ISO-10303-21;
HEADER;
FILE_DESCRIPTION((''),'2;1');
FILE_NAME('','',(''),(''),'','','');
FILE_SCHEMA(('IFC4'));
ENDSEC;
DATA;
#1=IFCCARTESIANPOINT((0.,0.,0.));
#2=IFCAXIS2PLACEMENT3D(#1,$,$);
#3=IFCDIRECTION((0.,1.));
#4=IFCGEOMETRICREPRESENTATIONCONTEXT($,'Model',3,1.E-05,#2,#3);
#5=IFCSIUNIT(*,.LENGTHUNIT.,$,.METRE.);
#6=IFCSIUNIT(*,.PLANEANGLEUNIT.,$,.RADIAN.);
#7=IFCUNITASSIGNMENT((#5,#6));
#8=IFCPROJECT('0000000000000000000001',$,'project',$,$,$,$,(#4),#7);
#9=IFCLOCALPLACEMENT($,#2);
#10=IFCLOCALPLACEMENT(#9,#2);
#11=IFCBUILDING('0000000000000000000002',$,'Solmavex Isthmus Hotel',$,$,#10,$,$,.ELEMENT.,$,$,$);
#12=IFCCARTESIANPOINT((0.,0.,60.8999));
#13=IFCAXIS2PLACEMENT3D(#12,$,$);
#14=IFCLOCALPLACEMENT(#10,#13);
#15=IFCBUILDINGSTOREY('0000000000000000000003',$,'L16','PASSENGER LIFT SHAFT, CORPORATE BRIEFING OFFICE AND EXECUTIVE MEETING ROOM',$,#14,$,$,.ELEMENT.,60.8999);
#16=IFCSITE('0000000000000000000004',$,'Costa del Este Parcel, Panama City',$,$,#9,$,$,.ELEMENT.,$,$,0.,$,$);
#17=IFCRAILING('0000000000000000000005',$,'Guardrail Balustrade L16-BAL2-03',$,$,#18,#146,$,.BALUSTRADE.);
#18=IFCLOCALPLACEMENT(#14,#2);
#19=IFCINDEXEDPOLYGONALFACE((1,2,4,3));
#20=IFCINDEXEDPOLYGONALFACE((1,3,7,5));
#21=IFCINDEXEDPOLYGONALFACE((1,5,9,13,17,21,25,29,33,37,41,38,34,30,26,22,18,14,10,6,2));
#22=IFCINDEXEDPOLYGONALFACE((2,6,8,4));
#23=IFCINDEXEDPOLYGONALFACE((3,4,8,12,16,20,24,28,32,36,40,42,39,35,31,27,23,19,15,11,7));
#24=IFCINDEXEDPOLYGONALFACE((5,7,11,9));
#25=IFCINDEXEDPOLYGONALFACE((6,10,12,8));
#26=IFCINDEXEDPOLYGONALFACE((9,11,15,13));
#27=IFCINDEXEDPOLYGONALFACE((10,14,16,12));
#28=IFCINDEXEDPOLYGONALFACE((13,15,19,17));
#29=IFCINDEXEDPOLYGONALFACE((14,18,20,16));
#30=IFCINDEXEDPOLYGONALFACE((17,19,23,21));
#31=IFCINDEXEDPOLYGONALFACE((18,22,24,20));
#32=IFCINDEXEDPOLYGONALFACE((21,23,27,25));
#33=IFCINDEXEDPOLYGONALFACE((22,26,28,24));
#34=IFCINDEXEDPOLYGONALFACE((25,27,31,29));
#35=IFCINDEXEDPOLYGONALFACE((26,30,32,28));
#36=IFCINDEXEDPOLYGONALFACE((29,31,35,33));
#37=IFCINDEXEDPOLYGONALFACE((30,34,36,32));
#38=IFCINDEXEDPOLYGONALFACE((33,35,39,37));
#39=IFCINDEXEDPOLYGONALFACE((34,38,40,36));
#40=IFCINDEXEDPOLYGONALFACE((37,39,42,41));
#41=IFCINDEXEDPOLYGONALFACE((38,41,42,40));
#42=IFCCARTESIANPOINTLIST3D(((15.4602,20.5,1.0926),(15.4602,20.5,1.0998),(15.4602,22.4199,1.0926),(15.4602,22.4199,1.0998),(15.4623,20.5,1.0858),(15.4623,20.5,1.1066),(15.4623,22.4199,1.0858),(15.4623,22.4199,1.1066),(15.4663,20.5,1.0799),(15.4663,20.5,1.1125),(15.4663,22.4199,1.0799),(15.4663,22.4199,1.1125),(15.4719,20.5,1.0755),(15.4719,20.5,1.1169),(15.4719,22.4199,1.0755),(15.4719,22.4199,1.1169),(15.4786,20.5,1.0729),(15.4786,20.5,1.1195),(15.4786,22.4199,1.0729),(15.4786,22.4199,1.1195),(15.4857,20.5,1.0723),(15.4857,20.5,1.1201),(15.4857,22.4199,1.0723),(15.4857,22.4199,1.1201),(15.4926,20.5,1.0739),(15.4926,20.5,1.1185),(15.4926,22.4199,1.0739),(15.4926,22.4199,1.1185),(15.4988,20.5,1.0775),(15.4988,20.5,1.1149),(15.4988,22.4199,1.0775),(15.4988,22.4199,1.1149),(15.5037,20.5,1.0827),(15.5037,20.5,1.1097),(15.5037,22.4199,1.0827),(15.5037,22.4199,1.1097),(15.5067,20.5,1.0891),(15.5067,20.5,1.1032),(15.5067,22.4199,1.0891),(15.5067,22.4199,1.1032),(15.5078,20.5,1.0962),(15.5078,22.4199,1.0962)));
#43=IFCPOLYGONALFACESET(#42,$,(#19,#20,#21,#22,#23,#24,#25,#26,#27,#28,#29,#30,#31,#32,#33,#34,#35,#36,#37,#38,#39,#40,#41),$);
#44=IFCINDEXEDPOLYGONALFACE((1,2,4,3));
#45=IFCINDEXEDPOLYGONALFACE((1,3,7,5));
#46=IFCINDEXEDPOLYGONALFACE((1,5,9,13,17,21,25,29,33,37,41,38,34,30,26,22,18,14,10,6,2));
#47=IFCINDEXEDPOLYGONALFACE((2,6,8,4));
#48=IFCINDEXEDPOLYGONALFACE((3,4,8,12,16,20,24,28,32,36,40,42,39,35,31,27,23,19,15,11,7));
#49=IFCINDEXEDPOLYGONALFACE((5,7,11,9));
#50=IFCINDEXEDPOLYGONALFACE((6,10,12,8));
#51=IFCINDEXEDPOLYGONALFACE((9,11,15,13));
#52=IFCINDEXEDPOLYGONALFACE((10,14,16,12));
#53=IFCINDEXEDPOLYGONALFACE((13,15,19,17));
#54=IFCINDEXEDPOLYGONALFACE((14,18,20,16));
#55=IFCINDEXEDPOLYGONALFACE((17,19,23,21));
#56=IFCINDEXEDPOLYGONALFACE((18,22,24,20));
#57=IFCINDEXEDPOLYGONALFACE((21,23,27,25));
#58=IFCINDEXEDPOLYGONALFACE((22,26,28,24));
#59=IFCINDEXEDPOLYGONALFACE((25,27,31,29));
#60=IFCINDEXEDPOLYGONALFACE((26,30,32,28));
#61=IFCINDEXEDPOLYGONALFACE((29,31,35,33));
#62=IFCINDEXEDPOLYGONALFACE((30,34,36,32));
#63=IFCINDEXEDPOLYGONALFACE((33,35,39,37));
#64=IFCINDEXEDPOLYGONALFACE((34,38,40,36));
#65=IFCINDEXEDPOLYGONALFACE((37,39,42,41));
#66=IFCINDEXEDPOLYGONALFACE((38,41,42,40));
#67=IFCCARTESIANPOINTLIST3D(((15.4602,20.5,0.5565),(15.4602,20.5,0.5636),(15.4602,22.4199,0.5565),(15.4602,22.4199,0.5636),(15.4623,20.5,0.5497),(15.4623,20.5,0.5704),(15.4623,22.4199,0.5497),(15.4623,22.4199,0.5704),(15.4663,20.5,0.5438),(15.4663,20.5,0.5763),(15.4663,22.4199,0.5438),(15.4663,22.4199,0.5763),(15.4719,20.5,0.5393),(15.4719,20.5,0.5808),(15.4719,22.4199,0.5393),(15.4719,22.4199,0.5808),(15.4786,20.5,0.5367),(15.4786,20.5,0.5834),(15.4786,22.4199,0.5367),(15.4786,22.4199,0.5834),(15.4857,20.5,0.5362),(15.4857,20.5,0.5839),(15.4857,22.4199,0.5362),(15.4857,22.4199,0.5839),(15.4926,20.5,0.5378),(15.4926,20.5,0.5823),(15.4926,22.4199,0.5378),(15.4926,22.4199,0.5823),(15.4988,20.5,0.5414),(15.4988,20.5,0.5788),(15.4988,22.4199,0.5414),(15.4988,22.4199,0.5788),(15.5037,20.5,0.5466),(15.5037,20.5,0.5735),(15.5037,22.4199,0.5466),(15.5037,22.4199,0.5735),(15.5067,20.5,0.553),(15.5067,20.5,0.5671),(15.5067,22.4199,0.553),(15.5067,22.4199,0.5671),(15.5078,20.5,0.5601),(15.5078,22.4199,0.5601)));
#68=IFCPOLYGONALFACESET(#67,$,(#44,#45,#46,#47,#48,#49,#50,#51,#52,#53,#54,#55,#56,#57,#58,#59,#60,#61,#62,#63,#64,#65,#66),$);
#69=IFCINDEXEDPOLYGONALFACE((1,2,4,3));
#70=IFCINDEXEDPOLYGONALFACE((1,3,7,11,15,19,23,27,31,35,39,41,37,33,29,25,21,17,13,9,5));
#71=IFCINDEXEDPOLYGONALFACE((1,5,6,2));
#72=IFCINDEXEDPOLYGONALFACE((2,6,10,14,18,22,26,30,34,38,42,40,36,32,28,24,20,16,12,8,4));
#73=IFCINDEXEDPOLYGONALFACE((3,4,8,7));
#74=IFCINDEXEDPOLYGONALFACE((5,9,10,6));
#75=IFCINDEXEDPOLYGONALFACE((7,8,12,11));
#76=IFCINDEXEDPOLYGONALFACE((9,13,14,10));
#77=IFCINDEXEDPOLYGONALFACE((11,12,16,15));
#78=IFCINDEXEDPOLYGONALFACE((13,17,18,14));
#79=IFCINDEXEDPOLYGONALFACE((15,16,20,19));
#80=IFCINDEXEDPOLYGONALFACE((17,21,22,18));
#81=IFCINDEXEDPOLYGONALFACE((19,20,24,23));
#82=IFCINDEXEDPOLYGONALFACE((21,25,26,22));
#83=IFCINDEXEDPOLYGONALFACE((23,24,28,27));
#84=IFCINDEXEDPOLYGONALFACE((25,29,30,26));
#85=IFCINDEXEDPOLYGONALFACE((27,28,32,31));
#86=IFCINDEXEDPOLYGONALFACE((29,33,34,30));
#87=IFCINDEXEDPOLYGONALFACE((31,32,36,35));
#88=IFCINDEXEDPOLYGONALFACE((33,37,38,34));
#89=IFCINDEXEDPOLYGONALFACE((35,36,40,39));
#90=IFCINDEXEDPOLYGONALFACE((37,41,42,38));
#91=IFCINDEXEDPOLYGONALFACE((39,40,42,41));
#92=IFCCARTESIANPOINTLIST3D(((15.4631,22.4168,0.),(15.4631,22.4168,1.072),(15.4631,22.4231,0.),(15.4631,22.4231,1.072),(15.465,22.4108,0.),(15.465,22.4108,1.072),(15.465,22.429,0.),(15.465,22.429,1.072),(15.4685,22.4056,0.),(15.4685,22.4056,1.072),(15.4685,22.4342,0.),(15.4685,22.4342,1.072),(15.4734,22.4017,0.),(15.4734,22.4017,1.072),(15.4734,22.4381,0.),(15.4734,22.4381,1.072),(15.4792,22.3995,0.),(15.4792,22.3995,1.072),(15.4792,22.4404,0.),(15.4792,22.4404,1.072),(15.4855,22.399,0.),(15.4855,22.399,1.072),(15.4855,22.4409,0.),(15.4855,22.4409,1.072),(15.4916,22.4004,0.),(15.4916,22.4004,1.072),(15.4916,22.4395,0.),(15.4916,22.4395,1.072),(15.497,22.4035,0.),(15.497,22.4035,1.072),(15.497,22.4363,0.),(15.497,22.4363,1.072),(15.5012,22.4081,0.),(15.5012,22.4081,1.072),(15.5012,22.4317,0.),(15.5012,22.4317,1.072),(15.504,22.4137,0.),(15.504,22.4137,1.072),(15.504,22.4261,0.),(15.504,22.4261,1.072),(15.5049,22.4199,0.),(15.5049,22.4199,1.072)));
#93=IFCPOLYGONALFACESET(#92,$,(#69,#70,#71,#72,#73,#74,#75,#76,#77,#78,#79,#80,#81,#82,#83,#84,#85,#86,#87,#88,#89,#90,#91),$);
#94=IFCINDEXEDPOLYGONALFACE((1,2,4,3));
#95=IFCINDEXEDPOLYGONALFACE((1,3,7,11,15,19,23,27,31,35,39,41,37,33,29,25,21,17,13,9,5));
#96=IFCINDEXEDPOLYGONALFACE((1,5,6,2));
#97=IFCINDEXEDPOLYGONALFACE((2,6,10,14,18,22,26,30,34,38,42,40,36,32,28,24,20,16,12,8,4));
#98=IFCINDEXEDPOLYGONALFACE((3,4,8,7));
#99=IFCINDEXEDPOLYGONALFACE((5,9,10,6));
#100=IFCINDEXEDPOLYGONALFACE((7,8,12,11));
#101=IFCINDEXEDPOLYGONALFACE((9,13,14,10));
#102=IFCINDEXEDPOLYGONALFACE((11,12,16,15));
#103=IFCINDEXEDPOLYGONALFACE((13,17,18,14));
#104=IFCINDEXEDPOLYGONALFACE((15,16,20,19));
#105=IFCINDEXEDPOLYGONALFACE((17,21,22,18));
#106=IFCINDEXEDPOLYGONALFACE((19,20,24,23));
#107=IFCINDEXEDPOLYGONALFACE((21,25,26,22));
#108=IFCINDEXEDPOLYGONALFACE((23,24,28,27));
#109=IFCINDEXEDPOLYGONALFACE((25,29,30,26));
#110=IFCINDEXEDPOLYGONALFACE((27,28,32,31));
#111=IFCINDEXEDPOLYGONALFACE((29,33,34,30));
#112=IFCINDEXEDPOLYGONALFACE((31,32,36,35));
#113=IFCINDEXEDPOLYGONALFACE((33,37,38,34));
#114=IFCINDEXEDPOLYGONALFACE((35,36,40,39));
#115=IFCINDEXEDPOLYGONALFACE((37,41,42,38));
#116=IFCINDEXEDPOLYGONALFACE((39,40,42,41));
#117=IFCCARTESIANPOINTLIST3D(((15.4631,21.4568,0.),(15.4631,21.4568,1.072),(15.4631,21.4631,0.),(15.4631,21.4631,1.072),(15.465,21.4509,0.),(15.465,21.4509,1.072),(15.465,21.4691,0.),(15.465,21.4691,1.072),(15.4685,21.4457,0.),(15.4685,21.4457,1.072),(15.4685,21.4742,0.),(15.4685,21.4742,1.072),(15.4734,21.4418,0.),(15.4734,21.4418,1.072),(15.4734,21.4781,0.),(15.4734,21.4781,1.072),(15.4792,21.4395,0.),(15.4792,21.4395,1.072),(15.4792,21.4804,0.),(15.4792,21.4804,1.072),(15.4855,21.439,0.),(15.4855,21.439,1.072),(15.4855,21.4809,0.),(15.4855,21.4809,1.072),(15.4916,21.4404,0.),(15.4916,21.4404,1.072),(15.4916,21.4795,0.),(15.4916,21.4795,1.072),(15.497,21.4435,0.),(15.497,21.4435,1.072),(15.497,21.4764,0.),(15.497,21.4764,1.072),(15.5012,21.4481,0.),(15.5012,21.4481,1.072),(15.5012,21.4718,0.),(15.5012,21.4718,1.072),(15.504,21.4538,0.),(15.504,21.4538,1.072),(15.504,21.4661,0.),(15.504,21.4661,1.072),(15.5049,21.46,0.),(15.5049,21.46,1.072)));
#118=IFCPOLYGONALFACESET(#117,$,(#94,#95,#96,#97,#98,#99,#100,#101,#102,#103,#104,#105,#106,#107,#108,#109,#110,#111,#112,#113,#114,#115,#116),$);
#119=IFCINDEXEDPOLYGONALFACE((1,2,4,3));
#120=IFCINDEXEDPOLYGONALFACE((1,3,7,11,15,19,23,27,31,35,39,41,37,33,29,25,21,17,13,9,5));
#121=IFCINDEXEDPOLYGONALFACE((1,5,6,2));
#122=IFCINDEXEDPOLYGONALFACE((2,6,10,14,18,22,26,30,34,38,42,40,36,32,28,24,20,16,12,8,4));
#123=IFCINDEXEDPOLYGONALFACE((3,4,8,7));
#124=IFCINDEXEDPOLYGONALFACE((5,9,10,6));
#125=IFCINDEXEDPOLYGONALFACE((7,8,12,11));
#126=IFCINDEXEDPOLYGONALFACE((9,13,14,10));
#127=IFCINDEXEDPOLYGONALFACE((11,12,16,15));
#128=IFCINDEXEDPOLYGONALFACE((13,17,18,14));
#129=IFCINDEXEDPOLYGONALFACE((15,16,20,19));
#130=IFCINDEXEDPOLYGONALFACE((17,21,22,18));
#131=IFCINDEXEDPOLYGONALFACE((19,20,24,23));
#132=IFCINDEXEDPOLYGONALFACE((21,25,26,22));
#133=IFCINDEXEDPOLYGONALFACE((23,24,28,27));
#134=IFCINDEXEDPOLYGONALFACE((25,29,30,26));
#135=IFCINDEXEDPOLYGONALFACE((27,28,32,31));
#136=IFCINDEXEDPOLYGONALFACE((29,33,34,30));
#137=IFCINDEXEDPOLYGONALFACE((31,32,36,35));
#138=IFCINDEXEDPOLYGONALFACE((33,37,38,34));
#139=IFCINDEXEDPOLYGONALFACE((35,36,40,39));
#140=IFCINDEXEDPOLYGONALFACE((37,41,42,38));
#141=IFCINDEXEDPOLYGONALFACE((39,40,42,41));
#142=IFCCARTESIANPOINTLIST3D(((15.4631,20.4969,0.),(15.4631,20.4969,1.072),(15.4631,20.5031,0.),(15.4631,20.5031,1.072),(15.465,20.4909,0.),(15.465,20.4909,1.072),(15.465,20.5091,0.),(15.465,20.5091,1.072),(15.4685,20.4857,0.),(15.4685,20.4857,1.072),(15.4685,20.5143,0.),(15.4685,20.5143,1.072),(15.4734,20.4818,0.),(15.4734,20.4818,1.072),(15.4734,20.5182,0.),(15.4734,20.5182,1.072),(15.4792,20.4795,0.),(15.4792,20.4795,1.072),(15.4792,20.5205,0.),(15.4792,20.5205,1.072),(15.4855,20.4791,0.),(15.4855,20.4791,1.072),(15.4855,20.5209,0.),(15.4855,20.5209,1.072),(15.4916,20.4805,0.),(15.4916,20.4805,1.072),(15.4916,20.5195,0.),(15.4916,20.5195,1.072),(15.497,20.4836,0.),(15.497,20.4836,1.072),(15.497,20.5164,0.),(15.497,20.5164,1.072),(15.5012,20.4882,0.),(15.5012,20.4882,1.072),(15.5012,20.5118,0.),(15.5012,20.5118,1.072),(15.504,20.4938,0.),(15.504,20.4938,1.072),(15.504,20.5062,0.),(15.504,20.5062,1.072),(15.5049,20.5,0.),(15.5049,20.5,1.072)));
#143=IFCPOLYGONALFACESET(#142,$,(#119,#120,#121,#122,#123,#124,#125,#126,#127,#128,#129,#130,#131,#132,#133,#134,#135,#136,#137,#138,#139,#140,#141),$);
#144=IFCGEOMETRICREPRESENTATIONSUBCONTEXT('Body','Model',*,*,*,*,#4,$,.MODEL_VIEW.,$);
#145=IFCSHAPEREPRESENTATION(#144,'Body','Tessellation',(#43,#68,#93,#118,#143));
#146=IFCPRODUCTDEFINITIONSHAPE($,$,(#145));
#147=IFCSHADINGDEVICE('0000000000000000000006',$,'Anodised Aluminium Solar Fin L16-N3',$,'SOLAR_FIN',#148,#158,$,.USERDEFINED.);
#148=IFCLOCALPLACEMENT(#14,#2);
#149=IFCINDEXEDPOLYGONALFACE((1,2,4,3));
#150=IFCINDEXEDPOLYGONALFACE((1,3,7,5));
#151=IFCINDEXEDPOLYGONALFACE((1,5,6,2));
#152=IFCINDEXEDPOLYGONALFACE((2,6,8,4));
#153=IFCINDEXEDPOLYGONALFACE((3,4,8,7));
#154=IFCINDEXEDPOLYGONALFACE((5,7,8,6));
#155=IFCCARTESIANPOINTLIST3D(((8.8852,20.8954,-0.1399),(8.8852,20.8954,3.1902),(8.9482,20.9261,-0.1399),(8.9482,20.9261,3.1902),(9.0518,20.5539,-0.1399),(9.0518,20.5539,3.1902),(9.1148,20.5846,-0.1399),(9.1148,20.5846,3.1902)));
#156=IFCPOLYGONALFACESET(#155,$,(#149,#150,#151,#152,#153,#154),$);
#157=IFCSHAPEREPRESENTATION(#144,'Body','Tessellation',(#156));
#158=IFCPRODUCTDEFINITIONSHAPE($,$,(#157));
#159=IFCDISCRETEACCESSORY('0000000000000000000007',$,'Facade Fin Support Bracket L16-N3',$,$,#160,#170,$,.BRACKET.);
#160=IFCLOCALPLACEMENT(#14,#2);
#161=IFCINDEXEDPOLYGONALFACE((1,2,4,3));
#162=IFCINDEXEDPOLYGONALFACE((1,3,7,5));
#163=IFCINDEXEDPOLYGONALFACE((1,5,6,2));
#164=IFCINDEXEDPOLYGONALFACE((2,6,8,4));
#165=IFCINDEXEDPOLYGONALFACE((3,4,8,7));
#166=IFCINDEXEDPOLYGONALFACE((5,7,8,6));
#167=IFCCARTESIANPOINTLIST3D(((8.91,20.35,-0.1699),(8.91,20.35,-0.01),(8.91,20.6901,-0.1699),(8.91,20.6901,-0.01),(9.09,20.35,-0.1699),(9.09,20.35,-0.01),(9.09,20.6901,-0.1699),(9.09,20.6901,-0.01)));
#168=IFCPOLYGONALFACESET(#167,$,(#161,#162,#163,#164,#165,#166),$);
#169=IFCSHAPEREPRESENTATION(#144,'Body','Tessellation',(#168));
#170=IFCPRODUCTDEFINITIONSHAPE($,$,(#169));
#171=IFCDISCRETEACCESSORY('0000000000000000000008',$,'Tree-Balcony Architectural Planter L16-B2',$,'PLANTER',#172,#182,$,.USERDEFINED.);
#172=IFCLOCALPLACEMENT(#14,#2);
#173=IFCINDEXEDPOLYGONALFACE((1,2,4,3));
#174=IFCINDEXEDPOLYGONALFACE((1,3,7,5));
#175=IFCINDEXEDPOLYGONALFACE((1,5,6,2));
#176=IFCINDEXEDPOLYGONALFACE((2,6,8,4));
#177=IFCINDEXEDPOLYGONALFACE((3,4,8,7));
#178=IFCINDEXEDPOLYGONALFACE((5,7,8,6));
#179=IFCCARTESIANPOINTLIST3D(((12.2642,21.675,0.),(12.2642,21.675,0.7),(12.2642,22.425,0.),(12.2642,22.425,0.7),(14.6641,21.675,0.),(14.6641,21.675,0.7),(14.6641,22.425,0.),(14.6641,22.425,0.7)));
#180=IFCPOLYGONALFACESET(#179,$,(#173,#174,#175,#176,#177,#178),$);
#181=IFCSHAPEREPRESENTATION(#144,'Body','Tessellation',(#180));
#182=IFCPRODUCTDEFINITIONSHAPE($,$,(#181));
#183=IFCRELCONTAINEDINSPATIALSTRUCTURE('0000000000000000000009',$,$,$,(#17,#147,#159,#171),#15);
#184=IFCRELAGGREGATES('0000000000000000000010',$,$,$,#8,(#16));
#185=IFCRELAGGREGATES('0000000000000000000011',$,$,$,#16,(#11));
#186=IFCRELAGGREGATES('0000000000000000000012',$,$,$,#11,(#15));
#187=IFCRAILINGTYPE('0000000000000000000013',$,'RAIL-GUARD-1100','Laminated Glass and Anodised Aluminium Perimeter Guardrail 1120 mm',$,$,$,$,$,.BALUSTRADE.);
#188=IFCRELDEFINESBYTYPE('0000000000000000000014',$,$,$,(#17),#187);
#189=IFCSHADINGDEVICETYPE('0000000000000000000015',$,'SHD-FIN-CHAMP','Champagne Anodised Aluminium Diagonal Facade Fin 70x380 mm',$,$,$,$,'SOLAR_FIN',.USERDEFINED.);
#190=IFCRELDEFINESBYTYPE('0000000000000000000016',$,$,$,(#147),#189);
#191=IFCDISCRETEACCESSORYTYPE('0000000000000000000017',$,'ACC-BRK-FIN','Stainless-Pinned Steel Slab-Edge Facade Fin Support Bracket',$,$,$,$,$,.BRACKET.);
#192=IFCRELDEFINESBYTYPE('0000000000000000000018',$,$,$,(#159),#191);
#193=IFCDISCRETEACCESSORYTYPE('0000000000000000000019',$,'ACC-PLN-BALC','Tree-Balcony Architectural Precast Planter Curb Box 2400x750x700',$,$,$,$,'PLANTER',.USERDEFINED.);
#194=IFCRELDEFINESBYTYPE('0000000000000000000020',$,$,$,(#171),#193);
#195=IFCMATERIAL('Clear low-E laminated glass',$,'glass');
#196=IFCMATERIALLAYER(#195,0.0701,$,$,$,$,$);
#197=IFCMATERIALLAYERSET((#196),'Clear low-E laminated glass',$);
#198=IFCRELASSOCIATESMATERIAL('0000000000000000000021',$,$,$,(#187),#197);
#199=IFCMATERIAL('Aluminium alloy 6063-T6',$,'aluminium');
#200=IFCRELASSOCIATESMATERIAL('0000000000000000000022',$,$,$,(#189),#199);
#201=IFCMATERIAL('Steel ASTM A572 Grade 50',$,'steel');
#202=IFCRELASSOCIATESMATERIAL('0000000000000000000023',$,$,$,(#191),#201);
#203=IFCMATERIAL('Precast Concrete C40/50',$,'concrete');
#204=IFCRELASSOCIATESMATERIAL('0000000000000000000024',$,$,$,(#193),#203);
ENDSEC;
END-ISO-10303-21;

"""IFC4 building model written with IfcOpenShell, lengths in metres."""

from ifc_helpers import new_model, si_unit, direction, frame, origin, origin_2d, place, context, subcontext, project, spatial, rectangle, circle, extrude, material, layer, layer_set, type_object, element, save


model = new_model("IFC4")

# Units and contexts
model_context = context("Model", 3, precision=1e-05, world=origin(), true_north=direction((0.0, 1.0)))
body_context = subcontext(model_context, "Body", "Model", "MODEL_VIEW")
ifc_project = project(units=[si_unit("LENGTHUNIT", "METRE"), si_unit("PLANEANGLEUNIT", "RADIAN")], contexts=[model_context])

# Site, building, storey
site_placement = place(None, origin())
site = spatial("IfcSite", under=ifc_project, at=site_placement, Name="Costa del Este Parcel, Panama City", CompositionType="ELEMENT", RefElevation=0.0)
building_placement = place(site_placement, origin())
building = spatial("IfcBuilding", under=site, at=building_placement, Name="Solmavex Isthmus Hotel", CompositionType="ELEMENT")
storey_placement = place(building_placement, frame((0.0, 0.0, 60.8999)))
storey = spatial("IfcBuildingStorey", under=building, at=storey_placement, Name="L16", Description="PASSENGER LIFT SHAFT, CORPORATE BRIEFING OFFICE AND EXECUTIVE MEETING ROOM", CompositionType="ELEMENT", Elevation=60.8999)

# Shared definitions
ifc_material_1 = material(Name="Aluminium alloy 6063-T6", Category="aluminium")

# Shared definitions
ifc_material_2 = material(Name="Clear low-E laminated glass", Category="glass")

# Shared definitions
ifc_material_3 = material(Name="Precast Concrete C40/50", Category="concrete")

# Railing
ifc_layer_1 = layer(ifc_material_2, 0.0701)
ifc_layer_set_1 = layer_set([ifc_layer_1], Name="Clear low-E laminated glass")
railing_type_1 = type_object("IfcRailingType", Name="RAIL-GUARD-1100", Description="Laminated Glass and Anodised Aluminium Perimeter Guardrail 1120 mm", PredefinedType="BALUSTRADE", material=ifc_layer_set_1)
railing_1_placement = place(storey_placement, frame((15.4839, 22.4199, 0.0)))
element("IfcRailing", 1, at=railing_1_placement, inside=storey, type_object=railing_type_1, Name="Guardrail Balustrade L16-BAL2-03", PredefinedType="BALUSTRADE", context=body_context, shape_type="SweptSolid", body=[
    extrude(circle(Radius=0.0239, at=origin_2d()), frame((0.0, 0.0, 1.0962), z_axis=(0.0, -1.0, 0.0), x_axis=(1.0, 0.0, 0.0)), (0.0, 0.0, 1.0), 1.9199),
    extrude(circle(Radius=0.0239, at=origin_2d()), frame((0.0, 0.0, 0.5601), z_axis=(0.0, -1.0, 0.0), x_axis=(1.0, 0.0, 0.0)), (0.0, 0.0, 1.0), 1.9199),
    extrude(circle(Radius=0.021, at=origin_2d()), origin(), (0.0, 0.0, 1.0), 1.072),
    extrude(circle(Radius=0.021, at=origin_2d()), frame((0.0, -0.96, 0.0)), (0.0, 0.0, 1.0), 1.072),
    extrude(circle(Radius=0.021, at=origin_2d()), frame((0.0, -1.9199, 0.0)), (0.0, 0.0, 1.0), 1.072),
])

# Shading device
shading_device_type = type_object("IfcShadingDeviceType", Name="SHD-FIN-CHAMP", Description="Champagne Anodised Aluminium Diagonal Facade Fin 70x380 mm", ElementType="SOLAR_FIN", PredefinedType="USERDEFINED", material=ifc_material_1)
shading_device_placement = place(storey_placement, frame((9.0, 20.74, -0.1399), z_axis=(0.0, 0.0, 1.0), x_axis=(-0.438371, 0.898794, 0.0)))
element("IfcShadingDevice", 2, at=shading_device_placement, inside=storey, type_object=shading_device_type, Name="Anodised Aluminium Solar Fin L16-N3", ObjectType="SOLAR_FIN", PredefinedType="USERDEFINED", context=body_context, shape_type="SweptSolid", body=[
    extrude(rectangle(XDim=0.3799, YDim=0.0701, at=origin_2d()), origin(), (0.0, 0.0, 1.0), 3.3301),
])

# Discrete accessories
ifc_material_4 = material(Name="Steel ASTM A572 Grade 50", Category="steel")
discrete_accessory_type_1 = type_object("IfcDiscreteAccessoryType", Name="ACC-BRK-FIN", Description="Stainless-Pinned Steel Slab-Edge Facade Fin Support Bracket", PredefinedType="BRACKET", material=ifc_material_4)
discrete_accessory_1_placement = place(storey_placement, frame((9.0, 20.52, -0.1699), z_axis=(0.0, 0.0, 1.0), x_axis=(0.0, 1.0, 0.0)))
element("IfcDiscreteAccessory", 3, at=discrete_accessory_1_placement, inside=storey, type_object=discrete_accessory_type_1, Name="Facade Fin Support Bracket L16-N3", PredefinedType="BRACKET", context=body_context, shape_type="SweptSolid", body=[
    extrude(rectangle(XDim=0.3401, YDim=0.1799, at=origin_2d()), origin(), (0.0, 0.0, 1.0), 0.1599),
])
discrete_accessory_type_2 = type_object("IfcDiscreteAccessoryType", Name="ACC-PLN-BALC", Description="Tree-Balcony Architectural Precast Planter Curb Box 2400x750x700", ElementType="PLANTER", PredefinedType="USERDEFINED", material=ifc_material_3)
discrete_accessory_2_placement = place(storey_placement, frame((13.4641, 22.05, 0.0), z_axis=(0.0, 0.0, 1.0), x_axis=(1.0, 0.0, 0.0)))
element("IfcDiscreteAccessory", 4, at=discrete_accessory_2_placement, inside=storey, type_object=discrete_accessory_type_2, Name="Tree-Balcony Architectural Planter L16-B2", ObjectType="PLANTER", PredefinedType="USERDEFINED", context=body_context, shape_type="SweptSolid", body=[
    extrude(rectangle(XDim=2.3999, YDim=0.75, at=origin_2d()), origin(), (0.0, 0.0, 1.0), 0.7),
])

save(model, "model.ifc")
